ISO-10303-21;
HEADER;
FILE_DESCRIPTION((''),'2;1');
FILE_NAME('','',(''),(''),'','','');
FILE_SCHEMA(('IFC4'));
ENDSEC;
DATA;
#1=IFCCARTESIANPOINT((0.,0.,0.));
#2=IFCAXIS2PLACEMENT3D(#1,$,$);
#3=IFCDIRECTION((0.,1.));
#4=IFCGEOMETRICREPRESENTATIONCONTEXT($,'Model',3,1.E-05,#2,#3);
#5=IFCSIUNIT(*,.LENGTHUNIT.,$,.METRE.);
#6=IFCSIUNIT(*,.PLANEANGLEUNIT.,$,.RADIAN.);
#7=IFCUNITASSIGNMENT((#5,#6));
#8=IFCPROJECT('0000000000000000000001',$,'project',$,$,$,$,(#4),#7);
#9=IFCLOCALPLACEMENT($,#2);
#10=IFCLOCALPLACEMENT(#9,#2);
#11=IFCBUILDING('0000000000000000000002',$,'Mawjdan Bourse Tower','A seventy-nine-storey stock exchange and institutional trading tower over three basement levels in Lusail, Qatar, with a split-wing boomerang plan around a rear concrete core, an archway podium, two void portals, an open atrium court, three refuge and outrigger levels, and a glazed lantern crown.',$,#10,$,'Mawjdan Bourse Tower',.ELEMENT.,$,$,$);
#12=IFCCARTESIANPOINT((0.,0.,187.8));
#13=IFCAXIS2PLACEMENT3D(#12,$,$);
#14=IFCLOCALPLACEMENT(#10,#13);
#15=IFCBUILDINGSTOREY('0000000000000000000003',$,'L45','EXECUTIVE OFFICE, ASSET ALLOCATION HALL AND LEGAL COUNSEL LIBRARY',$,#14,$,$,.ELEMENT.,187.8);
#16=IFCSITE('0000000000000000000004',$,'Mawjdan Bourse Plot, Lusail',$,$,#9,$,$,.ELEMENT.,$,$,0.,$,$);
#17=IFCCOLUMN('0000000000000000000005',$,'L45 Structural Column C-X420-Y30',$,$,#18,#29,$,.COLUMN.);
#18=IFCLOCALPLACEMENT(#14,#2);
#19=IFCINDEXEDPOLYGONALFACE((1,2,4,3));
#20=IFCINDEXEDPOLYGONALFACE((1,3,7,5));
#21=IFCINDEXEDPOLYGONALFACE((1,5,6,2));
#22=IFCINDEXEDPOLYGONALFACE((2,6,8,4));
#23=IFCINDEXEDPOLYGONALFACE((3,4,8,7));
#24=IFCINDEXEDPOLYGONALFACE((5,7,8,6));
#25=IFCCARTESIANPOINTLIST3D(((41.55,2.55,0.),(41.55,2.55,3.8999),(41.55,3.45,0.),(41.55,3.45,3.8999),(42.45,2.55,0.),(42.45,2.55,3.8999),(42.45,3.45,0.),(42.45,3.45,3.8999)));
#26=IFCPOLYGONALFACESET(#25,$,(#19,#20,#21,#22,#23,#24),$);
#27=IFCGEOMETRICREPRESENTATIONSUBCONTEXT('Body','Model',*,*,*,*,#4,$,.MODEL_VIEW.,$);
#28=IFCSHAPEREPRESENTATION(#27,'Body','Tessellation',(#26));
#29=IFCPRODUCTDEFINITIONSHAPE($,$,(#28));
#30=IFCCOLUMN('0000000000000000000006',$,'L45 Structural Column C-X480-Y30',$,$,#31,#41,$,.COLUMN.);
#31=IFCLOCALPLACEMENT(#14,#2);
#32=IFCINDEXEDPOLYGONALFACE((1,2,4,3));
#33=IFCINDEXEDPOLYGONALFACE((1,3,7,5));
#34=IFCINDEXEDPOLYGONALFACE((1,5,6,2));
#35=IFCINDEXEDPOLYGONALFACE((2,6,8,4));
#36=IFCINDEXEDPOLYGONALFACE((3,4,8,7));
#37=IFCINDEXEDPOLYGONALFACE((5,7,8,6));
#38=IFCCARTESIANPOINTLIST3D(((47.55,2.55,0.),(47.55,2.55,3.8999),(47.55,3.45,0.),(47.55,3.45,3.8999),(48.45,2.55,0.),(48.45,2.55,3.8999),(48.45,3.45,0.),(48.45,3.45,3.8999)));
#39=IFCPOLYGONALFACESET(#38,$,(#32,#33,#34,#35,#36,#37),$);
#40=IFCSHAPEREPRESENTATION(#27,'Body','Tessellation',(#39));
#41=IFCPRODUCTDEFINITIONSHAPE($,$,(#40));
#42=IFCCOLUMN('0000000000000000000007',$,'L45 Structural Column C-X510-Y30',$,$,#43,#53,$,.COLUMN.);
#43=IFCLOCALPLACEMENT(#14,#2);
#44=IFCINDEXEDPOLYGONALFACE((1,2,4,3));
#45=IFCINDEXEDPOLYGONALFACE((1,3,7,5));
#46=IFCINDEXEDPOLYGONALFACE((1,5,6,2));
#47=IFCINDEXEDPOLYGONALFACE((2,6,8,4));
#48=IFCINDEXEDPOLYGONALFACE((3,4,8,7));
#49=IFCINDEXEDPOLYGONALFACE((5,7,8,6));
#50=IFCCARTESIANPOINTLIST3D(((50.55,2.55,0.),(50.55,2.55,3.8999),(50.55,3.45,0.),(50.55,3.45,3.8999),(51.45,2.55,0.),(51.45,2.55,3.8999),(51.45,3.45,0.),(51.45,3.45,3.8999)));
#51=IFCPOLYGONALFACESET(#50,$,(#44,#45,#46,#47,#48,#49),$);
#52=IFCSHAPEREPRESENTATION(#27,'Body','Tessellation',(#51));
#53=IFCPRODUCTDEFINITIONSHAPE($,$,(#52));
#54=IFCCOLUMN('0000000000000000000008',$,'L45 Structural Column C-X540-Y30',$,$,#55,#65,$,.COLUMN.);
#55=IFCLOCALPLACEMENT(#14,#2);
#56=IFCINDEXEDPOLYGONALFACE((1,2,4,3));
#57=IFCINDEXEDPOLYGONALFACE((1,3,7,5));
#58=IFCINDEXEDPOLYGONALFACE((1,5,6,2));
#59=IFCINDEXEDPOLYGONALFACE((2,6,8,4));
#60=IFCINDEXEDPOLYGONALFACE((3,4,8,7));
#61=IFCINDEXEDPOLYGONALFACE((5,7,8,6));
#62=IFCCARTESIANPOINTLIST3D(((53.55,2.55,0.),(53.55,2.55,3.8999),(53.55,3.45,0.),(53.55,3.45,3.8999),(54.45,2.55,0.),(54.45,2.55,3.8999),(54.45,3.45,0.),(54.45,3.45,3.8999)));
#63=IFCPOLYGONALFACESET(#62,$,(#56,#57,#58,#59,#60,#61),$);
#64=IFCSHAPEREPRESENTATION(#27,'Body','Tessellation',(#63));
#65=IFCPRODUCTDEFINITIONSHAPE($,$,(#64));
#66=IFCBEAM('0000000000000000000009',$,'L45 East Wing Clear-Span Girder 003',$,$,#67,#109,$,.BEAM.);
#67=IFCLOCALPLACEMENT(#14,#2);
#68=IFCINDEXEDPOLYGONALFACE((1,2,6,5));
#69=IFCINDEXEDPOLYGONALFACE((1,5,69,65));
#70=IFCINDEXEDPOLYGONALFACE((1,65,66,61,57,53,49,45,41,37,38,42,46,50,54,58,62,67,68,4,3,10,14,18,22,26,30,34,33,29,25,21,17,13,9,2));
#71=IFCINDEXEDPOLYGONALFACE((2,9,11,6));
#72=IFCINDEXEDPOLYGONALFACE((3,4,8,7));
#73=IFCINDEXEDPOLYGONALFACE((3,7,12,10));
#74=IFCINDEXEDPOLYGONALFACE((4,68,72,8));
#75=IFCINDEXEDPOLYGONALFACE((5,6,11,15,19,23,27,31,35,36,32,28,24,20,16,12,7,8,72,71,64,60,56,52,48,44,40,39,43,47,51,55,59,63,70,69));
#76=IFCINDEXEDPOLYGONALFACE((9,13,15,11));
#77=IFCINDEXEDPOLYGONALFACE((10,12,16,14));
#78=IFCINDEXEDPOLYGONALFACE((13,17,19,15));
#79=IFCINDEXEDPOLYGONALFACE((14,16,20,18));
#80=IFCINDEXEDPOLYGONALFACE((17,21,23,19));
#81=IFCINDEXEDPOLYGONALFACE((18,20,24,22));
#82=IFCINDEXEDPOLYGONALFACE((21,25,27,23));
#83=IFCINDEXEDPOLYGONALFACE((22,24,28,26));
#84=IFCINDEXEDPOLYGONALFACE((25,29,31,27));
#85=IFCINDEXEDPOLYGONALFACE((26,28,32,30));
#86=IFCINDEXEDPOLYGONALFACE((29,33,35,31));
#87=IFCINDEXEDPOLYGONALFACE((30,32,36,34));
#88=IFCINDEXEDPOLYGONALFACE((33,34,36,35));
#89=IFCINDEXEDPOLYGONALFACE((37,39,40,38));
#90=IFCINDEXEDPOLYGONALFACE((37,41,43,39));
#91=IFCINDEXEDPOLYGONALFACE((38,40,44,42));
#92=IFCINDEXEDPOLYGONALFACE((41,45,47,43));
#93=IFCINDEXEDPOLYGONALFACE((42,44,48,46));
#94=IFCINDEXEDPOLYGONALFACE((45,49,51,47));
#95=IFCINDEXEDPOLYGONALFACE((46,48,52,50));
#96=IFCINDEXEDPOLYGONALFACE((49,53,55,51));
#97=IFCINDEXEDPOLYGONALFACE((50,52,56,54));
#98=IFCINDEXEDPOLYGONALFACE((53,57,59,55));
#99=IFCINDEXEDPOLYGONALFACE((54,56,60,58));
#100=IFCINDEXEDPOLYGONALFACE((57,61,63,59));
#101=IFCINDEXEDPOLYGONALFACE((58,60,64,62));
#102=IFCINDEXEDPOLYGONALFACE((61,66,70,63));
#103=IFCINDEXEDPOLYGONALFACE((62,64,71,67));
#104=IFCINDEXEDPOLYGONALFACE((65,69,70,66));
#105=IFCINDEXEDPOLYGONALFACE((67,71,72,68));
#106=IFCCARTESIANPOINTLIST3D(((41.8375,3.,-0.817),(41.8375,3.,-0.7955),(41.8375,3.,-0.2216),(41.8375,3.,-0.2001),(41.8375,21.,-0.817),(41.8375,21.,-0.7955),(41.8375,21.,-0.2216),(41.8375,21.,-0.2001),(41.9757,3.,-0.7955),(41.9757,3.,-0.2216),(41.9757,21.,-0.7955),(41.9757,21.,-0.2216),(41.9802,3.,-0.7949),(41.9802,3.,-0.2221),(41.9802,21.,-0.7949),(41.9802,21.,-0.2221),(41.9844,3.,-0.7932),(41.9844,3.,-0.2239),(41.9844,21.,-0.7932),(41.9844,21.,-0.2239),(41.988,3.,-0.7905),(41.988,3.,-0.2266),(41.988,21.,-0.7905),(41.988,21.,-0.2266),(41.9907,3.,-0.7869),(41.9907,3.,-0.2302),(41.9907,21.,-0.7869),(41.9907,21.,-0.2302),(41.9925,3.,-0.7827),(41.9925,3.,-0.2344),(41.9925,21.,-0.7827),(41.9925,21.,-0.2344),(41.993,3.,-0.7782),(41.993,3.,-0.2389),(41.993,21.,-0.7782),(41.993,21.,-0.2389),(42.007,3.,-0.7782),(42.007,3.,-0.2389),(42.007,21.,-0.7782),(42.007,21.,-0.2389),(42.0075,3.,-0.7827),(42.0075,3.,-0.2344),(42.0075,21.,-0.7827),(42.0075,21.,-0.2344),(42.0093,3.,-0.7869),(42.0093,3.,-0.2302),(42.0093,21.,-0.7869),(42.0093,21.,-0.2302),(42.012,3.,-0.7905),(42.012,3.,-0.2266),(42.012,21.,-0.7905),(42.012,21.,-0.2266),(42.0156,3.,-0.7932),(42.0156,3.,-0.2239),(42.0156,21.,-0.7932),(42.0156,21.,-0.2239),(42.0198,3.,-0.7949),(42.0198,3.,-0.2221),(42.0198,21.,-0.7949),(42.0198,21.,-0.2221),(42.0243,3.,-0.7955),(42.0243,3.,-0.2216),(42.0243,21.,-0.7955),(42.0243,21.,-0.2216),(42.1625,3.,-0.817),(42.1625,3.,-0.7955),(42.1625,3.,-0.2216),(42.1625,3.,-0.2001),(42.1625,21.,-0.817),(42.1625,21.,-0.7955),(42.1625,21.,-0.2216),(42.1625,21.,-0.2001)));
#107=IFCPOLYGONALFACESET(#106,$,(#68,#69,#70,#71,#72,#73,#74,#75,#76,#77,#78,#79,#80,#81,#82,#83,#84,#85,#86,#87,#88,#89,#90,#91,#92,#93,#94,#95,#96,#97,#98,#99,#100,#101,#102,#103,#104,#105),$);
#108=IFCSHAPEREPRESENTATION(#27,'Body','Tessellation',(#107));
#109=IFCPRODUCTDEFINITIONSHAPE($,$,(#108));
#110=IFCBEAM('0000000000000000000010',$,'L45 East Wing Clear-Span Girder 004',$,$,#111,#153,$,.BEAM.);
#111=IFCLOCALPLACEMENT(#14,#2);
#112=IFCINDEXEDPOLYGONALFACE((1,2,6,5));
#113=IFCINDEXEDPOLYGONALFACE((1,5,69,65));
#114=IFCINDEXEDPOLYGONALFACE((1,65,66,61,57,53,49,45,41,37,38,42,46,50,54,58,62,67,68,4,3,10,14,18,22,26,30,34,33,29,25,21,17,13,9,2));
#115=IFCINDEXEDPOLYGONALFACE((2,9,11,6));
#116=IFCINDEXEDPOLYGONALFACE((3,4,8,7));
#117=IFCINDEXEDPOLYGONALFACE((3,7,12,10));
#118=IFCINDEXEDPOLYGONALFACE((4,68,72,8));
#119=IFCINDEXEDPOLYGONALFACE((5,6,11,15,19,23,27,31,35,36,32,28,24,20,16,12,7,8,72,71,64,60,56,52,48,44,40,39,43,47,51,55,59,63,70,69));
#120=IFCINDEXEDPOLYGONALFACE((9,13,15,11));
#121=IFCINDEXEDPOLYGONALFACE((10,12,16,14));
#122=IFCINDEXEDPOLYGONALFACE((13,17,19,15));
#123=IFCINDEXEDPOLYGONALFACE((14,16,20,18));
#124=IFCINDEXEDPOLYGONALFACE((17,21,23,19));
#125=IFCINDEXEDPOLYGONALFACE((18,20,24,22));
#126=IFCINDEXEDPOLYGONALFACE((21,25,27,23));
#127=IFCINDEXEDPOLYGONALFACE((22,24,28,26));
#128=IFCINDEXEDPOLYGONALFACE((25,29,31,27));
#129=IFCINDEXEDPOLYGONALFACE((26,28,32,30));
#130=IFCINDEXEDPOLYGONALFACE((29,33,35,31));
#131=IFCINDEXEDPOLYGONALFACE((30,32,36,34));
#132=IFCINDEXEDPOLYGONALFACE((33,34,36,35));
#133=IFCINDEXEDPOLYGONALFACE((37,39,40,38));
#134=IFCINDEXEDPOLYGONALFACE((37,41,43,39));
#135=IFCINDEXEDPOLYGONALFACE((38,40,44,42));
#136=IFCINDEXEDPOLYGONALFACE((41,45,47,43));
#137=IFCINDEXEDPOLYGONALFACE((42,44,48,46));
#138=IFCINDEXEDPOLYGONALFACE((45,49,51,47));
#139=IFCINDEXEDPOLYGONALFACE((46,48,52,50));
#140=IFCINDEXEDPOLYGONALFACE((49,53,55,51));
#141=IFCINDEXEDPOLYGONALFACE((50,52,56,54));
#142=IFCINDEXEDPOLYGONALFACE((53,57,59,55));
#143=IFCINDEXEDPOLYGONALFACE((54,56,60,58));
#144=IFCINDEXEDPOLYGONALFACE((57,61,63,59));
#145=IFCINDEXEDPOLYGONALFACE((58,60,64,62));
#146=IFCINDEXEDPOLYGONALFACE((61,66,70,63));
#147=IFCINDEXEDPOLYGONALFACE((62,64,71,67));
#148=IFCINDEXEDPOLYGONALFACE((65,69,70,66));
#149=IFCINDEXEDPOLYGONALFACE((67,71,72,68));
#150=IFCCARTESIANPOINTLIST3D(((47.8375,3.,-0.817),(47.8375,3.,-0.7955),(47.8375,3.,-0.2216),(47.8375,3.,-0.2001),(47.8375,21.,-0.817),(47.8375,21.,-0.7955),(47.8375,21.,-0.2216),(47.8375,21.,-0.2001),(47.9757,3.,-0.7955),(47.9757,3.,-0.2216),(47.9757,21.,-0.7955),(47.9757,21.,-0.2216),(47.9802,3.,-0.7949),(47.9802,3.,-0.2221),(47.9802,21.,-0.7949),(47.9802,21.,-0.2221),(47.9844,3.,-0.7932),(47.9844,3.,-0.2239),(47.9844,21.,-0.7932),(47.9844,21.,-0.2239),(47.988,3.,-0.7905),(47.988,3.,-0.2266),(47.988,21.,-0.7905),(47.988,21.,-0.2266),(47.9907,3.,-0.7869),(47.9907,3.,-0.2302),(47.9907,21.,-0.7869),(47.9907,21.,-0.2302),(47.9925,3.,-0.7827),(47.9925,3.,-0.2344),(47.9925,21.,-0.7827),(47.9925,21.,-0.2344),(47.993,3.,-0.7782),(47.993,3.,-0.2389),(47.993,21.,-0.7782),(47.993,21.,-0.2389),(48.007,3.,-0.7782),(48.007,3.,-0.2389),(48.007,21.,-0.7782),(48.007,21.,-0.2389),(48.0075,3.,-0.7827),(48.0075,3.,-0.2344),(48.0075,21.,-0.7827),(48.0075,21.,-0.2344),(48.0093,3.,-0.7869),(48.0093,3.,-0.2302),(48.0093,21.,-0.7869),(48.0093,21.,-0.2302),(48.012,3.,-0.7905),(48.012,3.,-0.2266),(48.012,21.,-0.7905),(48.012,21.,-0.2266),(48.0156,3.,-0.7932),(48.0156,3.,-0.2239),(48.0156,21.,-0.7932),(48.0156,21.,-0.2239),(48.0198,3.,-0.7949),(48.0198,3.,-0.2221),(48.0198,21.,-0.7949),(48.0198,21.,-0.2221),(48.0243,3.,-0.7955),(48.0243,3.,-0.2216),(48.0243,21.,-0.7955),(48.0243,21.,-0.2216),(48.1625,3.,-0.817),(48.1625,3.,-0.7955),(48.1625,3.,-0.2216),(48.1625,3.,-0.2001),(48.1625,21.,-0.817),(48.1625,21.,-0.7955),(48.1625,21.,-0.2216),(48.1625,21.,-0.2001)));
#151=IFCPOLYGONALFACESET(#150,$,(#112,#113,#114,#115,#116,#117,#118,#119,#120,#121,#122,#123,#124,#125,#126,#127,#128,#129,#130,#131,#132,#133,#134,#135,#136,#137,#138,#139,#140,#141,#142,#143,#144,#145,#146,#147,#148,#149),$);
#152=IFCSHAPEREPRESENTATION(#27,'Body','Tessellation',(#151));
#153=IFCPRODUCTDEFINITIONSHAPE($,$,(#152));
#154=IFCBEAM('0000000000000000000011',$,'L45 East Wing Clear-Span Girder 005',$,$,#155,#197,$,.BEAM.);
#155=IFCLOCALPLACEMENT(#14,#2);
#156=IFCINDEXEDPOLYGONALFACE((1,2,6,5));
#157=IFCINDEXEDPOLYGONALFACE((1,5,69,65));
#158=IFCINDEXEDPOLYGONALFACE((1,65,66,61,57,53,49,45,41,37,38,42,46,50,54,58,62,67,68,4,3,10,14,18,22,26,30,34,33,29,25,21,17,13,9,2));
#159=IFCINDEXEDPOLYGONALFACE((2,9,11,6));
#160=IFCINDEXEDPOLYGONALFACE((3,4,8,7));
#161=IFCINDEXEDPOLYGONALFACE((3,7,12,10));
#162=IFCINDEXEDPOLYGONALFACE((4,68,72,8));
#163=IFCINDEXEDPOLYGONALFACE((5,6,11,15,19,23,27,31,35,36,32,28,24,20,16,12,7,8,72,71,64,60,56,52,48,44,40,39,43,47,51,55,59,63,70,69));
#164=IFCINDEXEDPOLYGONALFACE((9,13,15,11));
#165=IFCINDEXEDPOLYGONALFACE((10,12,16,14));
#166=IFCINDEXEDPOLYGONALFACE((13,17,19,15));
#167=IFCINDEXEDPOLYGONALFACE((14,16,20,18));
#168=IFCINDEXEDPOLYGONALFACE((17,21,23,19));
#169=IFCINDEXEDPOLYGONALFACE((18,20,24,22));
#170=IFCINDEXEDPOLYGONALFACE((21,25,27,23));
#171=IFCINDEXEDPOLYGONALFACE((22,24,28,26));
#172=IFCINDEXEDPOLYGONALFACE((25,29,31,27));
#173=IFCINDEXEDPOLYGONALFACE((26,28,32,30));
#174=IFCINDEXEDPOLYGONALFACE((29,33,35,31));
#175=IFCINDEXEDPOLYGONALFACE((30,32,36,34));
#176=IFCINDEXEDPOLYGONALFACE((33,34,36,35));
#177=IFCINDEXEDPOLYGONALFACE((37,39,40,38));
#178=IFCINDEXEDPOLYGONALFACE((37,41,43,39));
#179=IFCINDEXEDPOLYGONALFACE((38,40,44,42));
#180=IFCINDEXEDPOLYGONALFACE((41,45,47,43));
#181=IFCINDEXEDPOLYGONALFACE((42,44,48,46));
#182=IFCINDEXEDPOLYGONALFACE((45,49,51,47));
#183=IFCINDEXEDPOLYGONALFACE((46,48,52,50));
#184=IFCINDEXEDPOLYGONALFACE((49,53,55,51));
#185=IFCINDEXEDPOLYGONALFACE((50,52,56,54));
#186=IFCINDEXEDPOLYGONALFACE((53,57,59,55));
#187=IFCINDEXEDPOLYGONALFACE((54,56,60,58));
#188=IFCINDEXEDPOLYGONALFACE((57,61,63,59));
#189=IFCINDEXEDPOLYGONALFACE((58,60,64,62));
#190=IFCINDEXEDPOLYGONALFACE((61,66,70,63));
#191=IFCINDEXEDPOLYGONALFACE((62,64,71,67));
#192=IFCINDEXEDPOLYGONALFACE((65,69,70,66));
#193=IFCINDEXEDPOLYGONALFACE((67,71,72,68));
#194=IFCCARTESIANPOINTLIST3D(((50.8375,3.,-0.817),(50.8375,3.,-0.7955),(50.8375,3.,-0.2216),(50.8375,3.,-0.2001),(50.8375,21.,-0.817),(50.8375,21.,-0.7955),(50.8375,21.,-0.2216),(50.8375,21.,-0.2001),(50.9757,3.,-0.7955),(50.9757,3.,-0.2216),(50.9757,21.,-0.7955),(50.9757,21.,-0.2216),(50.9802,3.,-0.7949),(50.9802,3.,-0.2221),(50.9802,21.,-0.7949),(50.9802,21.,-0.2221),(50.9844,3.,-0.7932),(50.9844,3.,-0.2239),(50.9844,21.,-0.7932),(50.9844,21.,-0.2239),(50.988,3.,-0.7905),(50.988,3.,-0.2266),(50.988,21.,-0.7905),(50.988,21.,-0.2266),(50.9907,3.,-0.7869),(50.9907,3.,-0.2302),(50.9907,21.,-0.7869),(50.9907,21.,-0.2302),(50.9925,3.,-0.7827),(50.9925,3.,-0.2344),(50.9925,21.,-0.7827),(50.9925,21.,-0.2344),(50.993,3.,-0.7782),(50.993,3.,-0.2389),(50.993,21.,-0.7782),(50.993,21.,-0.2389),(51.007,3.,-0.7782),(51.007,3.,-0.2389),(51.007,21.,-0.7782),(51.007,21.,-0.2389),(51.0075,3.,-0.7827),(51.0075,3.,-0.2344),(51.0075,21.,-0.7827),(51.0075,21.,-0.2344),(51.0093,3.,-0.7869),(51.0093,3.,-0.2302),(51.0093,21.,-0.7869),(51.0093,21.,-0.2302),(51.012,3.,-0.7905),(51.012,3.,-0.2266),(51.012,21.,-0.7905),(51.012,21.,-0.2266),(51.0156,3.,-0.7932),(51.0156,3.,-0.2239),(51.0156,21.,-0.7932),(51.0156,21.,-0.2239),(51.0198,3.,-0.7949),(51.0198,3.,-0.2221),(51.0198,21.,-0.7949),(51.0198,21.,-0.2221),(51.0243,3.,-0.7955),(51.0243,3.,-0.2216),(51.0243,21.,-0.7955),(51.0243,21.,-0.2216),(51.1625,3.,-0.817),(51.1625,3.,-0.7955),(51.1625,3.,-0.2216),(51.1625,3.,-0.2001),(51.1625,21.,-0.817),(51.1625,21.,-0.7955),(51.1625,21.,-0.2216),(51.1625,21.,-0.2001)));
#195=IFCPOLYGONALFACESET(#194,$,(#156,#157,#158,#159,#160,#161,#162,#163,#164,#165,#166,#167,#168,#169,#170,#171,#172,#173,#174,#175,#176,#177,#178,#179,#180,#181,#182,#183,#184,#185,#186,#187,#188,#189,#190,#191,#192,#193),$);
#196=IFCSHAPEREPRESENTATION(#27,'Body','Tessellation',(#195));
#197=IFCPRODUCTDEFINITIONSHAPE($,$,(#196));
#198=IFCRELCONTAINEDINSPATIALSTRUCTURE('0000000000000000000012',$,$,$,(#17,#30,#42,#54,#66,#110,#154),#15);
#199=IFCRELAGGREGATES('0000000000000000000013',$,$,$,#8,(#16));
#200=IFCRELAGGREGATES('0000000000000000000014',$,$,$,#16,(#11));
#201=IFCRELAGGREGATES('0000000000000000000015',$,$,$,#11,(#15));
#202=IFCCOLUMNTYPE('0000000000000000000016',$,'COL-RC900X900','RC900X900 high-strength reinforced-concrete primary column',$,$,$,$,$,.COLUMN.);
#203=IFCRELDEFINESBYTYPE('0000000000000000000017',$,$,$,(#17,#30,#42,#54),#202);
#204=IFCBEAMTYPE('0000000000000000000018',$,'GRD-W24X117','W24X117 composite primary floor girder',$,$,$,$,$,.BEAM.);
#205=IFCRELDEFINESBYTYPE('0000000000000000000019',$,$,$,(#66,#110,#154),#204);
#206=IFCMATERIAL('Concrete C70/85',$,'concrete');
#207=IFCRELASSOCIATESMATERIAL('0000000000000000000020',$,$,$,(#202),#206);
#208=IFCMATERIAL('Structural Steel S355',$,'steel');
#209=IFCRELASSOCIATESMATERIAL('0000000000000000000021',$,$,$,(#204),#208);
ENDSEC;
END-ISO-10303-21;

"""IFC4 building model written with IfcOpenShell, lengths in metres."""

from ifc_helpers import new_model, si_unit, direction, frame, origin, origin_2d, place, context, subcontext, project, spatial, rectangle, i_section, extrude, material, material_profile, profile_set, type_object, element, save


model = new_model("IFC4")

# Units and contexts
model_context = context("Model", 3, precision=1e-05, world=origin(), true_north=direction((0.0, 1.0)))
body_context = subcontext(model_context, "Body", "Model", "MODEL_VIEW")
ifc_project = project(units=[si_unit("LENGTHUNIT", "METRE"), si_unit("PLANEANGLEUNIT", "RADIAN")], contexts=[model_context])

# Site, building, storey
site_placement = place(None, origin())
site = spatial("IfcSite", under=ifc_project, at=site_placement, Name="Mawjdan Bourse Plot, Lusail", CompositionType="ELEMENT", RefElevation=0.0)
building_placement = place(site_placement, origin())
building = spatial("IfcBuilding", under=site, at=building_placement, Name="Mawjdan Bourse Tower", Description="A seventy-nine-storey stock exchange and institutional trading tower over three basement levels in Lusail, Qatar, with a split-wing boomerang plan around a rear concrete core, an archway podium, two void portals, an open atrium court, three refuge and outrigger levels, and a glazed lantern crown.", LongName="Mawjdan Bourse Tower", CompositionType="ELEMENT")
storey_placement = place(building_placement, frame((0.0, 0.0, 187.8)))
storey = spatial("IfcBuildingStorey", under=building, at=storey_placement, Name="L45", Description="EXECUTIVE OFFICE, ASSET ALLOCATION HALL AND LEGAL COUNSEL LIBRARY", CompositionType="ELEMENT", Elevation=187.8)

# Columns
ifc_material_1 = material(Name="Concrete C70/85", Category="concrete")
ifc_material_profile_1 = material_profile(ifc_material_1, rectangle(XDim=0.8999, YDim=0.8999, at=origin_2d()), Name="RC900X900")
ifc_profile_set_1 = profile_set([ifc_material_profile_1], Name="Concrete C70/85")
column_type = type_object("IfcColumnType", Name="COL-RC900X900", Description="RC900X900 high-strength reinforced-concrete primary column", PredefinedType="COLUMN", material=ifc_profile_set_1)
for number, where, z_axis, x_axis, name in (
    (1, (42.0, 3.0, 0.0), (0.0, 0.0, 1.0), (1.0, 0.0, 0.0), "L45 Structural Column C-X420-Y30"),
    (2, (48.0, 3.0, 0.0), (0.0, 0.0, 1.0), (1.0, 0.0, 0.0), "L45 Structural Column C-X480-Y30"),
    (3, (51.0, 3.0, 0.0), (0.0, 0.0, 1.0), (1.0, 0.0, 0.0), "L45 Structural Column C-X510-Y30"),
    (4, (54.0, 3.0, 0.0), (0.0, 0.0, 1.0), (1.0, 0.0, 0.0), "L45 Structural Column C-X540-Y30"),
):
    element("IfcColumn", number, at=place(storey_placement, frame(where, z_axis=z_axis, x_axis=x_axis)), inside=storey, type_object=column_type, Name=name, PredefinedType="COLUMN", context=body_context, shape_type="SweptSolid", body=[
        extrude(rectangle(XDim=0.8999, YDim=0.8999, at=origin_2d()), origin(), (0.0, 0.0, 1.0), 3.8999),
    ])

# Beams
ifc_material_2 = material(Name="Structural Steel S355", Category="steel")
ifc_material_profile_2 = material_profile(ifc_material_2, i_section(OverallWidth=0.325, OverallDepth=0.6169, WebThickness=0.0139, FlangeThickness=0.0215, FilletRadius=0.0173, at=origin_2d()), Name="W24X117")
ifc_profile_set_2 = profile_set([ifc_material_profile_2], Name="Structural Steel S355")
beam_type_1 = type_object("IfcBeamType", Name="GRD-W24X117", Description="W24X117 composite primary floor girder", PredefinedType="BEAM", material=ifc_profile_set_2)
for number, where, z_axis, x_axis, name in (
    (5, (42.0, 3.0, -0.5085), (0.0, 1.0, 0.0), (-1.0, 0.0, 0.0), "L45 East Wing Clear-Span Girder 003"),
    (6, (48.0, 3.0, -0.5085), (0.0, 1.0, 0.0), (-1.0, 0.0, 0.0), "L45 East Wing Clear-Span Girder 004"),
    (7, (51.0, 3.0, -0.5085), (0.0, 1.0, 0.0), (-1.0, 0.0, 0.0), "L45 East Wing Clear-Span Girder 005"),
):
    element("IfcBeam", number, at=place(storey_placement, frame(where, z_axis=z_axis, x_axis=x_axis)), inside=storey, type_object=beam_type_1, Name=name, PredefinedType="BEAM", context=body_context, shape_type="SweptSolid", body=[
        extrude(i_section(OverallWidth=0.325, OverallDepth=0.6169, WebThickness=0.0139, FlangeThickness=0.0215, FilletRadius=0.0173, at=origin_2d()), origin(), (0.0, 0.0, 1.0), 18.0),
    ])

save(model, "model.ifc")
